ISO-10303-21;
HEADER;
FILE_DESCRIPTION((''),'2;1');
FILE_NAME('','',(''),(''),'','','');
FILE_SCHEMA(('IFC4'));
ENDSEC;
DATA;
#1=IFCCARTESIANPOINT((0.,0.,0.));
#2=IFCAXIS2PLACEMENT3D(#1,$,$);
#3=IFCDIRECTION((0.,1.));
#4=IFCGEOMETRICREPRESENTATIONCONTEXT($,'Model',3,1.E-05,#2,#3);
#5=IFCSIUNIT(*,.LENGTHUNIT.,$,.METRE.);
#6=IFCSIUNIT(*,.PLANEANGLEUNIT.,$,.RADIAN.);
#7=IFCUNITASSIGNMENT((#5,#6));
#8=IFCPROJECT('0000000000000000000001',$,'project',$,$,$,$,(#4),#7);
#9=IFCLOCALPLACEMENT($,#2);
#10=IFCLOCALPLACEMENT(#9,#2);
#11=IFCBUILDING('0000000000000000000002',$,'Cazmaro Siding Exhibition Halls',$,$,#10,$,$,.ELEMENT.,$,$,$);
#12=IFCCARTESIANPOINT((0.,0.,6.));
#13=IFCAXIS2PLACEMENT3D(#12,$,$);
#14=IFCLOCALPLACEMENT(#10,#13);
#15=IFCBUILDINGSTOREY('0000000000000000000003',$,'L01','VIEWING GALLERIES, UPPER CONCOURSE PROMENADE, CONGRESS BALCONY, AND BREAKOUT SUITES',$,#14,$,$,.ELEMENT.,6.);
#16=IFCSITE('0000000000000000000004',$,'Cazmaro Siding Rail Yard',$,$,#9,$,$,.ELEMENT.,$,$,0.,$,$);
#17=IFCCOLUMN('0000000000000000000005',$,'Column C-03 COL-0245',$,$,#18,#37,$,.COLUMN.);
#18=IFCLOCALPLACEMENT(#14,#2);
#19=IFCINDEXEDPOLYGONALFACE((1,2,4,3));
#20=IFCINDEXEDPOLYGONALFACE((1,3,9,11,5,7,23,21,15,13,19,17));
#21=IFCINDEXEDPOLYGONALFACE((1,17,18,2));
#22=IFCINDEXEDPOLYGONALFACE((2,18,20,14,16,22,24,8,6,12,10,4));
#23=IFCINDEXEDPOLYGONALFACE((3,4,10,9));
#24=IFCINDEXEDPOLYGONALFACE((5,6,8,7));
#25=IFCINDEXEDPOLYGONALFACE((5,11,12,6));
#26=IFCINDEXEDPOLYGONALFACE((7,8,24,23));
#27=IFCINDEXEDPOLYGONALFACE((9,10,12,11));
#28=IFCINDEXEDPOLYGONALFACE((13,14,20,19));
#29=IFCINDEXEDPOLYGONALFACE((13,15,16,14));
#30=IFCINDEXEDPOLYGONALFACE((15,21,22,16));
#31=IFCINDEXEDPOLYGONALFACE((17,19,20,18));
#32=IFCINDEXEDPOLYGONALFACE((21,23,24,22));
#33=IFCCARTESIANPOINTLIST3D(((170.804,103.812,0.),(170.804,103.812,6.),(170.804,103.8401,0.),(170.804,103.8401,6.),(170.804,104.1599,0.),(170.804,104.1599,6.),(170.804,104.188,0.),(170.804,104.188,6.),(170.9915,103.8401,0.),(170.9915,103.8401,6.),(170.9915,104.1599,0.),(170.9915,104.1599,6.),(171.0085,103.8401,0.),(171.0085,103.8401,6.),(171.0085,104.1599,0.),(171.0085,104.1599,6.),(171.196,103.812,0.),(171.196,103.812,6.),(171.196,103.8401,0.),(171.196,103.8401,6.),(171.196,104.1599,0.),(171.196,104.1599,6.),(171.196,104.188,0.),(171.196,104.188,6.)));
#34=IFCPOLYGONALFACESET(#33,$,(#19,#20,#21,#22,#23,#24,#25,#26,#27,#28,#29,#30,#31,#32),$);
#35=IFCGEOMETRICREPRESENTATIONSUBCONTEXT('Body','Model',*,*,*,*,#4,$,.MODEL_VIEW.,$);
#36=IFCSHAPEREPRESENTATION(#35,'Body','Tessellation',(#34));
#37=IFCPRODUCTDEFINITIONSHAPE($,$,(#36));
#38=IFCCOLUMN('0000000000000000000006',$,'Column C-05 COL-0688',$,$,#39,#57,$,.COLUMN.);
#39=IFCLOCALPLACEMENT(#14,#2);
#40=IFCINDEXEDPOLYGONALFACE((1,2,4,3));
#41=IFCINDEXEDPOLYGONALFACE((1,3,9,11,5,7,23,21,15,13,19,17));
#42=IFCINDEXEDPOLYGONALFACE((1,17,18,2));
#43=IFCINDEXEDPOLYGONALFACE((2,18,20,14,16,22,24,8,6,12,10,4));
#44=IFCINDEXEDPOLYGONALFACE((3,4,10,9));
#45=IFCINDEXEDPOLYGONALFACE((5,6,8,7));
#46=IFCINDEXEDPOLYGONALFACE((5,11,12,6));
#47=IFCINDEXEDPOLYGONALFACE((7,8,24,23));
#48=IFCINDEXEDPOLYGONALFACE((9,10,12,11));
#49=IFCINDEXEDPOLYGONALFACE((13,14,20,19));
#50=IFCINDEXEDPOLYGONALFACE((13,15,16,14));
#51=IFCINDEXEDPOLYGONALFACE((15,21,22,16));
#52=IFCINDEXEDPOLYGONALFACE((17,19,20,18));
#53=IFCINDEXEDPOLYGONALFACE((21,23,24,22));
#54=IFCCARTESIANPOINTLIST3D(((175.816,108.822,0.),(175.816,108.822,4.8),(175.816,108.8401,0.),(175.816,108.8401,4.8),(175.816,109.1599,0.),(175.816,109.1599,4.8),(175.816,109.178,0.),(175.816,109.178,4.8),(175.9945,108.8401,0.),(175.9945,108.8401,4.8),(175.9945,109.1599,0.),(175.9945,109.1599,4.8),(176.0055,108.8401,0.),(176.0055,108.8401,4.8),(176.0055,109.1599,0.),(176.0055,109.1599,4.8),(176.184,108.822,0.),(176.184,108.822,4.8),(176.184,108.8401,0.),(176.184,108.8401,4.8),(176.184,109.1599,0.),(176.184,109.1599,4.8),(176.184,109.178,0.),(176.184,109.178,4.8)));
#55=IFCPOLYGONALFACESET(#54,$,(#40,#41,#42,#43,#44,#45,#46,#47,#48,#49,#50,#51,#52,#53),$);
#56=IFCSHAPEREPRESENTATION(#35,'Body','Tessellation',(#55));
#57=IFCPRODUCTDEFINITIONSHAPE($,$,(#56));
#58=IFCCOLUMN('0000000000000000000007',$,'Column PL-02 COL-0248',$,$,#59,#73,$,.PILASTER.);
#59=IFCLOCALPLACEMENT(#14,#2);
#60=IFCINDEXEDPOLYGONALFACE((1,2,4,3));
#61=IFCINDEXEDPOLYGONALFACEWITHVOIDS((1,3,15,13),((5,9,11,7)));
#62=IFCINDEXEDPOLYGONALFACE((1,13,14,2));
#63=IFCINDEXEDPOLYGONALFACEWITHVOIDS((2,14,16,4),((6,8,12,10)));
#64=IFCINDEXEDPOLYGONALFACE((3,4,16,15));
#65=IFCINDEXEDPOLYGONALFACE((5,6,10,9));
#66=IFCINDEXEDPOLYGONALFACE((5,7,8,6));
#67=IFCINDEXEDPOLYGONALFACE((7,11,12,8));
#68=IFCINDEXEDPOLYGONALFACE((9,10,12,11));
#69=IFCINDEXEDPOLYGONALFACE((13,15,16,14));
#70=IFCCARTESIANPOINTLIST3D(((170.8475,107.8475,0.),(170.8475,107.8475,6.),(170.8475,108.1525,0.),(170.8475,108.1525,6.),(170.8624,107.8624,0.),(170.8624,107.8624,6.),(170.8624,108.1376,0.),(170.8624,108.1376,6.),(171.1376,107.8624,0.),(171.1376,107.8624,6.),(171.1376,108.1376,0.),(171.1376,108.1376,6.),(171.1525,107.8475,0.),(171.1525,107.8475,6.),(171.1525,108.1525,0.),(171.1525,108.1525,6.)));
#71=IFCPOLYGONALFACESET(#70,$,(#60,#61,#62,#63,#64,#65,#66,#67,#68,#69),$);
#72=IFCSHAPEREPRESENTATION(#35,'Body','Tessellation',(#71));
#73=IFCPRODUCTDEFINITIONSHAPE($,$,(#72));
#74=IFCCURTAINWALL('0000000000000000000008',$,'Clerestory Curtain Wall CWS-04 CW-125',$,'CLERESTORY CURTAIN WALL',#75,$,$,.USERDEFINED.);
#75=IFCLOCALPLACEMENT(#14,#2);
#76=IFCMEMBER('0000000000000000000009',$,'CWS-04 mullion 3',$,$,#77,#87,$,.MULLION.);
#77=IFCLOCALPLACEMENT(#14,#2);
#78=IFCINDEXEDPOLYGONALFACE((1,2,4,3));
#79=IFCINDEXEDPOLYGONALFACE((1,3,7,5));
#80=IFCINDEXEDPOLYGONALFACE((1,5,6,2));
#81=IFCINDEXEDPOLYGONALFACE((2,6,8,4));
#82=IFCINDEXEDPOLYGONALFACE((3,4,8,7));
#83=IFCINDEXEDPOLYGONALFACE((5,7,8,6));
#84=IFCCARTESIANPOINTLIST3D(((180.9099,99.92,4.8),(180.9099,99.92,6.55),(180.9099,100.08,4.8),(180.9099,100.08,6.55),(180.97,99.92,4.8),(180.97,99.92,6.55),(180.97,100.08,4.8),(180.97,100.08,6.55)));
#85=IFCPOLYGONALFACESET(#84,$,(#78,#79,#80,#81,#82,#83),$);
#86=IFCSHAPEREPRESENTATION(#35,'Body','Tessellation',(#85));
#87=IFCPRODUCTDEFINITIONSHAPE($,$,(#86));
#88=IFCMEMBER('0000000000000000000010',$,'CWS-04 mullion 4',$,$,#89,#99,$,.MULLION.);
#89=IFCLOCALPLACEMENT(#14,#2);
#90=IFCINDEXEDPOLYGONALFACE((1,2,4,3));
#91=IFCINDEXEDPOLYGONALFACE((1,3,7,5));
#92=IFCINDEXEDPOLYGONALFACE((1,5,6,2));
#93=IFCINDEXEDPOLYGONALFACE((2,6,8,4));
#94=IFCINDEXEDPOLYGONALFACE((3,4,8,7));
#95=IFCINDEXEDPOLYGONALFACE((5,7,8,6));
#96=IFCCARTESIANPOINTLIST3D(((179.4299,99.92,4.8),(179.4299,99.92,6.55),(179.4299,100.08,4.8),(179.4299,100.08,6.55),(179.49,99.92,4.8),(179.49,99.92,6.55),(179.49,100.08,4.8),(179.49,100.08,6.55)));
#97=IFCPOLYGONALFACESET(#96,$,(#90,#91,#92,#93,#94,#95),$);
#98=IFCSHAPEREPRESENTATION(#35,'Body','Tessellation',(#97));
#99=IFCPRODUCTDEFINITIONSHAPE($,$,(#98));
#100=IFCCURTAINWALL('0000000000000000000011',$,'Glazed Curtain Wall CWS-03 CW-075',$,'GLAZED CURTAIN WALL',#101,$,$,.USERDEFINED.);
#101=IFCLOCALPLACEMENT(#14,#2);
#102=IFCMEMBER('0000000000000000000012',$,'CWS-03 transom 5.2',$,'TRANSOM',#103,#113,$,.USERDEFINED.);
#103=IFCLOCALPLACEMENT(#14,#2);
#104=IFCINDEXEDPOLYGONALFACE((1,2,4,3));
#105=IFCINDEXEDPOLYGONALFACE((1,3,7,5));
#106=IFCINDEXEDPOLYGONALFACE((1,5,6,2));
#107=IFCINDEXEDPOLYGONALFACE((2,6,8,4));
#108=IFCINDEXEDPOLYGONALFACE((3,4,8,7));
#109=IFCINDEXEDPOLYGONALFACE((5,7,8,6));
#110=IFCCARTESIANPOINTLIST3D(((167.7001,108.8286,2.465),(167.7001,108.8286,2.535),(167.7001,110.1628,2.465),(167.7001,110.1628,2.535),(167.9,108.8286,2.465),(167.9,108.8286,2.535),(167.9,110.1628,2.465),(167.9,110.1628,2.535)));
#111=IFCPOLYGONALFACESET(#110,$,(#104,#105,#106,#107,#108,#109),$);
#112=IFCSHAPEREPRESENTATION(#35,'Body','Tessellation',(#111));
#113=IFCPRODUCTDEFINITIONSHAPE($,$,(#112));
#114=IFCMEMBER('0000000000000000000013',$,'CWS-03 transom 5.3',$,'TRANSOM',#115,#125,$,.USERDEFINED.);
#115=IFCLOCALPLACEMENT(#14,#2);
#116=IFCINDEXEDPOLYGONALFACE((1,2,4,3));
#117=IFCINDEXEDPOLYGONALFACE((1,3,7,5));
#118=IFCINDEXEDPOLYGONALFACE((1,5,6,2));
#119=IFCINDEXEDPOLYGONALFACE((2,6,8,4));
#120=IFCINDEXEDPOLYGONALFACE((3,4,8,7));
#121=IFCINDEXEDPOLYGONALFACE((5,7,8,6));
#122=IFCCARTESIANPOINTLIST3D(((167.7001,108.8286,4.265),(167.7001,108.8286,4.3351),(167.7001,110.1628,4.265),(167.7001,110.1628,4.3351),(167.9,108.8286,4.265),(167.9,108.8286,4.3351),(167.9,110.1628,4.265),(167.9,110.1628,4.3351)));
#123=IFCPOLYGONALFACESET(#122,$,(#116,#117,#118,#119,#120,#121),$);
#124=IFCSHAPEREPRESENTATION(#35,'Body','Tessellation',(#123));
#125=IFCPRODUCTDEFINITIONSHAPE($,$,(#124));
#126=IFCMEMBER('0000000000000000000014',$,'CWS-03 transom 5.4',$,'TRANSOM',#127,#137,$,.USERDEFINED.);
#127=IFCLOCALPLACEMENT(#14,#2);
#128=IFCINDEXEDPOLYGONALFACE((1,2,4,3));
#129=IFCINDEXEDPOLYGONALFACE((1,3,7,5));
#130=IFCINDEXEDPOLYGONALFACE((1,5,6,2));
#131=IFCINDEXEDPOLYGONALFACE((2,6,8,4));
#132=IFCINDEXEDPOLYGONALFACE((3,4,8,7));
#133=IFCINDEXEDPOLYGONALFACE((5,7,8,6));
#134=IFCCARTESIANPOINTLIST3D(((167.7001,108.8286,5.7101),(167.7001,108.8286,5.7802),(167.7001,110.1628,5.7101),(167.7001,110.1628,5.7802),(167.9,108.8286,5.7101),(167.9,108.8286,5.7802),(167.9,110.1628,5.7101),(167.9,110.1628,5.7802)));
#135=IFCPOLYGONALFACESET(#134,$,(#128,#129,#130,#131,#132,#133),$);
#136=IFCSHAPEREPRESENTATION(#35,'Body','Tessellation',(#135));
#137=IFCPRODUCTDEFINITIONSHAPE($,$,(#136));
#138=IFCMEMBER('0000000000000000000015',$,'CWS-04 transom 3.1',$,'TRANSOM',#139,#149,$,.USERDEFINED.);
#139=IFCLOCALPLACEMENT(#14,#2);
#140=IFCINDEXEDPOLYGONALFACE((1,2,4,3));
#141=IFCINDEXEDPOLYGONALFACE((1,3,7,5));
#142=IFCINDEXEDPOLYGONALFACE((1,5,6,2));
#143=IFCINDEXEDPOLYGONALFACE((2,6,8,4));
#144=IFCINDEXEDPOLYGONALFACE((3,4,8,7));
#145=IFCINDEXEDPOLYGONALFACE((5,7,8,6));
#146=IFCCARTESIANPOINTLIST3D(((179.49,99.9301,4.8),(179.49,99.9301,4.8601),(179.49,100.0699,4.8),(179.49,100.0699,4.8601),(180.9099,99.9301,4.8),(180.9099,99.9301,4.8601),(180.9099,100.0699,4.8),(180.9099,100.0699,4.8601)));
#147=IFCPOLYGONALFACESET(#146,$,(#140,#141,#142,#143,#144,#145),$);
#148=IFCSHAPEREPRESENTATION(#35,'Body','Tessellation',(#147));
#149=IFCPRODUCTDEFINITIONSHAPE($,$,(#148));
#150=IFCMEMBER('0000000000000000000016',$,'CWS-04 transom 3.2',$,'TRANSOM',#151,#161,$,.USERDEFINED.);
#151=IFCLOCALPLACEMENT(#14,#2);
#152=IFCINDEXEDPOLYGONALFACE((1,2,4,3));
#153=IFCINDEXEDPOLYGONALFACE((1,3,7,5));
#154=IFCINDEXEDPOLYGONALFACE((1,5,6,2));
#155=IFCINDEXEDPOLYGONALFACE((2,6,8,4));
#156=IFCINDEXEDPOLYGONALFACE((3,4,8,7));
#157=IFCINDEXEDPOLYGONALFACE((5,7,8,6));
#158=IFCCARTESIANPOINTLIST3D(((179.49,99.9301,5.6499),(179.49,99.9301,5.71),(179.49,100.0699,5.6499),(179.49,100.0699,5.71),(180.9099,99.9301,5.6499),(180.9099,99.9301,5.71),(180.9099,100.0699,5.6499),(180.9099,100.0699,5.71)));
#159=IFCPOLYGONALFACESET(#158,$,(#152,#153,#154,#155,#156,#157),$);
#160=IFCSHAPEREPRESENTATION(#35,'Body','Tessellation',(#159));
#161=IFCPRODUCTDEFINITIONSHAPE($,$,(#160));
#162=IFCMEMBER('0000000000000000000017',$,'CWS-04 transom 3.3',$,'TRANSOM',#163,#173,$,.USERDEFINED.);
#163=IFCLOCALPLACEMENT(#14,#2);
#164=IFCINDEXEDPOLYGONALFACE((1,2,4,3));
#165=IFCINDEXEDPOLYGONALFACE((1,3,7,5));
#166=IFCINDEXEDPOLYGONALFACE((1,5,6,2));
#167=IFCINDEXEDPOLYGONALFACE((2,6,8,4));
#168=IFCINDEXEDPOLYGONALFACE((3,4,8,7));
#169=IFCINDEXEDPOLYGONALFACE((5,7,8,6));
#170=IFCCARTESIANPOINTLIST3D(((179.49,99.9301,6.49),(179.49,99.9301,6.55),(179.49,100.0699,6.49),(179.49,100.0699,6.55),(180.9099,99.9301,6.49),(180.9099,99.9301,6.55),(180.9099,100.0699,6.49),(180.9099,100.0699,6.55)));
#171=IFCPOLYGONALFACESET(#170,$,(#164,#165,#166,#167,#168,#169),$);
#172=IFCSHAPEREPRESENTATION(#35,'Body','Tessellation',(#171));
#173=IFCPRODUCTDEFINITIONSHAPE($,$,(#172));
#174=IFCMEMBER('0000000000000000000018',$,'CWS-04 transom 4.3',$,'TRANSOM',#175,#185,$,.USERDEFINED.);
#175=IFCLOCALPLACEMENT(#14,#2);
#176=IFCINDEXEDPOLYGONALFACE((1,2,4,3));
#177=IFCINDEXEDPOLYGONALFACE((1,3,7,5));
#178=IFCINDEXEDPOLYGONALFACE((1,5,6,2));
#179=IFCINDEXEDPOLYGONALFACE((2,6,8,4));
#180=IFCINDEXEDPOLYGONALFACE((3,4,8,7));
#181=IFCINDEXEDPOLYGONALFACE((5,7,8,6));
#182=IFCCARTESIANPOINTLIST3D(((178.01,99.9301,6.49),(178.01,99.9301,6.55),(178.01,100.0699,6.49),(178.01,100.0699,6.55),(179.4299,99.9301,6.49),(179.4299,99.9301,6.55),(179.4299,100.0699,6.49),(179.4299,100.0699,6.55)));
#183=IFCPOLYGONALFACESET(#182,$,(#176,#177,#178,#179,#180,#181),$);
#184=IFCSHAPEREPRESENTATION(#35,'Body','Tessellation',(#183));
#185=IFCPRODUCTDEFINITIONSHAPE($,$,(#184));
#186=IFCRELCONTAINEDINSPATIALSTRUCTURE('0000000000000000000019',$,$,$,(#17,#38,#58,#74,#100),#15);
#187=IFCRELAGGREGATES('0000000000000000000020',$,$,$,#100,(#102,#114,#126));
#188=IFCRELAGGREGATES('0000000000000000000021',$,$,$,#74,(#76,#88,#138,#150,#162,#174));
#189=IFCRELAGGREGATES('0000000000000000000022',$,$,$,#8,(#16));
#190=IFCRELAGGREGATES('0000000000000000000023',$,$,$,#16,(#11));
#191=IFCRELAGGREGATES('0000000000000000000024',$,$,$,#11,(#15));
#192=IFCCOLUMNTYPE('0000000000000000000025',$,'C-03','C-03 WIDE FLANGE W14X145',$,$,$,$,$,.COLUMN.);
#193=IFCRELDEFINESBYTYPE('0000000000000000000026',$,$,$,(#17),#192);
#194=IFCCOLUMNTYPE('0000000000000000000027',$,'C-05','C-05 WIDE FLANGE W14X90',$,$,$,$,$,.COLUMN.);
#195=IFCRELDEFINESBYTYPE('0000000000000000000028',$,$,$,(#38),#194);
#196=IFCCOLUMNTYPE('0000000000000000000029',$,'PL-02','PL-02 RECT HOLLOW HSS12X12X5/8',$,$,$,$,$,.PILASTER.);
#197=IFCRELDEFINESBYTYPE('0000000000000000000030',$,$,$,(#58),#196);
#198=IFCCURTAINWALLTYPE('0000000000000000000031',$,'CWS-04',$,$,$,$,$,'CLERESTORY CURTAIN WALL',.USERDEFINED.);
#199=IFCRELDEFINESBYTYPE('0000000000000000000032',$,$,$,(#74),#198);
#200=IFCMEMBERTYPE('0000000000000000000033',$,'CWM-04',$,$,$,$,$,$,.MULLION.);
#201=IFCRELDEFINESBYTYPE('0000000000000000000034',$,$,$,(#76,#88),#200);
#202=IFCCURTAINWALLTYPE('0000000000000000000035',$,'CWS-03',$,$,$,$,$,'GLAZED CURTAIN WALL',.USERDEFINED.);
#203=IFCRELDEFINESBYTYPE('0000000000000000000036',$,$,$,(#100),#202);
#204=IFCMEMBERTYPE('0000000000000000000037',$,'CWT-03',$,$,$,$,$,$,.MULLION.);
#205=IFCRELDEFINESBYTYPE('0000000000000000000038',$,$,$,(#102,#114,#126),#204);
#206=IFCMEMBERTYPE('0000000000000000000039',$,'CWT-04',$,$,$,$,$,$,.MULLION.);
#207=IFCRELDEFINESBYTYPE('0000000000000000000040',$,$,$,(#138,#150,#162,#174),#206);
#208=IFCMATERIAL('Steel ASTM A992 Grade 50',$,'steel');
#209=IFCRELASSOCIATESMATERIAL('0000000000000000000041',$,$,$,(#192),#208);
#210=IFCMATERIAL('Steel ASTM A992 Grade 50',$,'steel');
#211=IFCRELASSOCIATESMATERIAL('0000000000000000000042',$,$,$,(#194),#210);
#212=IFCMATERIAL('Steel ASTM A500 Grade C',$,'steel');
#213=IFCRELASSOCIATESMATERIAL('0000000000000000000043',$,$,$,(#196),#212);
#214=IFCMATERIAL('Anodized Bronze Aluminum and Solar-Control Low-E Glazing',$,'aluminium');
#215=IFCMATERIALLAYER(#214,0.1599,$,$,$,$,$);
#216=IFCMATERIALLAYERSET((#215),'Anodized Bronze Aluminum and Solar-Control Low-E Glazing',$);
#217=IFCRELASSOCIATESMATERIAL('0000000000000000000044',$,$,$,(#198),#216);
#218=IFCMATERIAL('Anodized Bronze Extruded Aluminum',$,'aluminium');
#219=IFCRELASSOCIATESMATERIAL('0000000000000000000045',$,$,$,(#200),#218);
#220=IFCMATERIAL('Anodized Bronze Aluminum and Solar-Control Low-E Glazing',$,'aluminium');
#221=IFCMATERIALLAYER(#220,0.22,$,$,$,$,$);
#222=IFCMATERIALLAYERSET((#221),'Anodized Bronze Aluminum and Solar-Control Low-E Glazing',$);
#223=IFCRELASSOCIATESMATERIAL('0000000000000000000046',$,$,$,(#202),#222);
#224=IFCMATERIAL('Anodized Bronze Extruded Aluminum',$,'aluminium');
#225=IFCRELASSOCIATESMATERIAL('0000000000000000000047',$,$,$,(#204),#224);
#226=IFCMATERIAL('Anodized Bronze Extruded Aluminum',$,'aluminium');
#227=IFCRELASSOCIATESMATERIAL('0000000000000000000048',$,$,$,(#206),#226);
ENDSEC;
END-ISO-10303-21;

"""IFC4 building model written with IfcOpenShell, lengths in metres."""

from ifc_helpers import new_model, si_unit, direction, frame, origin, origin_2d, place, context, subcontext, project, spatial, rectangle, hollow_rectangle, i_section, extrude, material, layer, layer_set, material_profile, profile_set, type_object, element, aggregate, save


model = new_model("IFC4")

# Units and contexts
model_context = context("Model", 3, precision=1e-05, world=origin(), true_north=direction((0.0, 1.0)))
body_context = subcontext(model_context, "Body", "Model", "MODEL_VIEW")
ifc_project = project(units=[si_unit("LENGTHUNIT", "METRE"), si_unit("PLANEANGLEUNIT", "RADIAN")], contexts=[model_context])

# Site, building, storey
site_placement = place(None, origin())
site = spatial("IfcSite", under=ifc_project, at=site_placement, Name="Cazmaro Siding Rail Yard", CompositionType="ELEMENT", RefElevation=0.0)
building_placement = place(site_placement, origin())
building = spatial("IfcBuilding", under=site, at=building_placement, Name="Cazmaro Siding Exhibition Halls", CompositionType="ELEMENT")
storey_placement = place(building_placement, frame((0.0, 0.0, 6.0)))
storey = spatial("IfcBuildingStorey", under=building, at=storey_placement, Name="L01", Description="VIEWING GALLERIES, UPPER CONCOURSE PROMENADE, CONGRESS BALCONY, AND BREAKOUT SUITES", CompositionType="ELEMENT", Elevation=6.0)

# Columns
ifc_material_1 = material(Name="Steel ASTM A992 Grade 50", Category="steel")
ifc_material_profile_1 = material_profile(ifc_material_1, i_section(OverallWidth=0.3921, OverallDepth=0.376, WebThickness=0.0171, FlangeThickness=0.0281, at=origin_2d()), Name="W14X145")
ifc_profile_set_1 = profile_set([ifc_material_profile_1], Name="Steel ASTM A992 Grade 50")
column_type_1 = type_object("IfcColumnType", Name="C-03", Description="C-03 WIDE FLANGE W14X145", PredefinedType="COLUMN", material=ifc_profile_set_1)
column_1_placement = place(storey_placement, frame((171.0, 104.0, 0.0), z_axis=(0.0, 0.0, 1.0), x_axis=(1.0, 0.0, 0.0)))
element("IfcColumn", 1, at=column_1_placement, inside=storey, type_object=column_type_1, Name="Column C-03 COL-0245", PredefinedType="COLUMN", context=body_context, shape_type="SweptSolid", body=[
    extrude(i_section(OverallWidth=0.3921, OverallDepth=0.376, WebThickness=0.0171, FlangeThickness=0.0281, at=origin_2d()), origin(), (0.0, 0.0, 1.0), 6.0),
])
ifc_material_2 = material(Name="Steel ASTM A992 Grade 50", Category="steel")
ifc_material_profile_2 = material_profile(ifc_material_2, i_section(OverallWidth=0.3679, OverallDepth=0.356, WebThickness=0.011, FlangeThickness=0.0181, at=origin_2d()), Name="W14X90")
ifc_profile_set_2 = profile_set([ifc_material_profile_2], Name="Steel ASTM A992 Grade 50")
column_type_2 = type_object("IfcColumnType", Name="C-05", Description="C-05 WIDE FLANGE W14X90", PredefinedType="COLUMN", material=ifc_profile_set_2)
column_2_placement = place(storey_placement, frame((176.0, 109.0, 0.0), z_axis=(0.0, 0.0, 1.0), x_axis=(1.0, 0.0, 0.0)))
element("IfcColumn", 2, at=column_2_placement, inside=storey, type_object=column_type_2, Name="Column C-05 COL-0688", PredefinedType="COLUMN", context=body_context, shape_type="SweptSolid", body=[
    extrude(i_section(OverallWidth=0.3679, OverallDepth=0.356, WebThickness=0.011, FlangeThickness=0.0181, at=origin_2d()), origin(), (0.0, 0.0, 1.0), 4.8),
])
ifc_material_3 = material(Name="Steel ASTM A500 Grade C", Category="steel")
ifc_material_profile_3 = material_profile(ifc_material_3, hollow_rectangle(XDim=0.3049, YDim=0.3049, WallThickness=0.0149, at=origin_2d()), Name="HSS12X12X5/8")
ifc_profile_set_3 = profile_set([ifc_material_profile_3], Name="Steel ASTM A500 Grade C")
column_type_3 = type_object("IfcColumnType", Name="PL-02", Description="PL-02 RECT HOLLOW HSS12X12X5/8", PredefinedType="PILASTER", material=ifc_profile_set_3)
column_3_placement = place(storey_placement, frame((171.0, 108.0, 0.0), z_axis=(0.0, 0.0, 1.0), x_axis=(1.0, 0.0, 0.0)))
element("IfcColumn", 3, at=column_3_placement, inside=storey, type_object=column_type_3, Name="Column PL-02 COL-0248", PredefinedType="PILASTER", context=body_context, shape_type="SweptSolid", body=[
    extrude(hollow_rectangle(XDim=0.3049, YDim=0.3049, WallThickness=0.0149, at=origin_2d()), origin(), (0.0, 0.0, 1.0), 6.0),
])

# Curtain walls, members
ifc_material_4 = material(Name="Anodized Bronze Aluminum and Solar-Control Low-E Glazing", Category="aluminium")
ifc_layer_1 = layer(ifc_material_4, 0.1599)
ifc_layer_set_1 = layer_set([ifc_layer_1], Name="Anodized Bronze Aluminum and Solar-Control Low-E Glazing")
curtain_wall_type_1 = type_object("IfcCurtainWallType", Name="CWS-04", ElementType="CLERESTORY CURTAIN WALL", PredefinedType="USERDEFINED", material=ifc_layer_set_1)
curtain_wall_1_placement = place(storey_placement, origin())
curtain_wall_1 = element("IfcCurtainWall", 4, at=curtain_wall_1_placement, inside=storey, type_object=curtain_wall_type_1, Name="Clerestory Curtain Wall CWS-04 CW-125", ObjectType="CLERESTORY CURTAIN WALL", PredefinedType="USERDEFINED")
ifc_material_5 = material(Name="Anodized Bronze Extruded Aluminum", Category="aluminium")
ifc_material_profile_4 = material_profile(ifc_material_5, rectangle(XDim=0.1599, YDim=0.0601, at=origin_2d()), Name="CWM-04")
ifc_profile_set_4 = profile_set([ifc_material_profile_4], Name="Anodized Bronze Extruded Aluminum")
member_type_1 = type_object("IfcMemberType", Name="CWM-04", PredefinedType="MULLION", material=ifc_profile_set_4)
member_1_placement = place(storey_placement, frame((180.9399, 100.0, 4.8), z_axis=(0.0, 0.0, 1.0), x_axis=(0.0, -1.0, 0.0)))
member_1 = element("IfcMember", 5, at=member_1_placement, type_object=member_type_1, Name="CWS-04 mullion 3", PredefinedType="MULLION", context=body_context, shape_type="SweptSolid", body=[
    extrude(rectangle(XDim=0.1599, YDim=0.0601, at=origin_2d()), origin(), (0.0, 0.0, 1.0), 1.75),
])
member_2_placement = place(storey_placement, frame((179.46, 100.0, 4.8), z_axis=(0.0, 0.0, 1.0), x_axis=(0.0, -1.0, 0.0)))
member_2 = element("IfcMember", 6, at=member_2_placement, type_object=member_type_1, Name="CWS-04 mullion 4", PredefinedType="MULLION", context=body_context, shape_type="SweptSolid", body=[
    extrude(rectangle(XDim=0.1599, YDim=0.0601, at=origin_2d()), origin(), (0.0, 0.0, 1.0), 1.75),
])
ifc_material_6 = material(Name="Anodized Bronze Aluminum and Solar-Control Low-E Glazing", Category="aluminium")
ifc_layer_2 = layer(ifc_material_6, 0.22)
ifc_layer_set_2 = layer_set([ifc_layer_2], Name="Anodized Bronze Aluminum and Solar-Control Low-E Glazing")
curtain_wall_type_2 = type_object("IfcCurtainWallType", Name="CWS-03", ElementType="GLAZED CURTAIN WALL", PredefinedType="USERDEFINED", material=ifc_layer_set_2)
curtain_wall_2_placement = place(storey_placement, origin())
curtain_wall_2 = element("IfcCurtainWall", 7, at=curtain_wall_2_placement, inside=storey, type_object=curtain_wall_type_2, Name="Glazed Curtain Wall CWS-03 CW-075", ObjectType="GLAZED CURTAIN WALL", PredefinedType="USERDEFINED")
ifc_material_7 = material(Name="Anodized Bronze Extruded Aluminum", Category="aluminium")
ifc_material_profile_5 = material_profile(ifc_material_7, rectangle(XDim=0.2, YDim=0.0701, at=origin_2d()), Name="CWT-03")
ifc_profile_set_5 = profile_set([ifc_material_profile_5], Name="Anodized Bronze Extruded Aluminum")
member_type_2 = type_object("IfcMemberType", Name="CWT-03", PredefinedType="MULLION", material=ifc_profile_set_5)
member_3_placement = place(storey_placement, frame((167.8, 108.8286, 2.5), z_axis=(0.0, 1.0, 0.0), x_axis=(-1.0, 0.0, 0.0)))
member_3 = element("IfcMember", 8, at=member_3_placement, type_object=member_type_2, Name="CWS-03 transom 5.2", ObjectType="TRANSOM", PredefinedType="USERDEFINED", context=body_context, shape_type="SweptSolid", body=[
    extrude(rectangle(XDim=0.2, YDim=0.0701, at=origin_2d()), origin(), (0.0, 0.0, 1.0), 1.3342),
])
member_4_placement = place(storey_placement, frame((167.8, 108.8286, 4.3), z_axis=(0.0, 1.0, 0.0), x_axis=(-1.0, 0.0, 0.0)))
member_4 = element("IfcMember", 9, at=member_4_placement, type_object=member_type_2, Name="CWS-03 transom 5.3", ObjectType="TRANSOM", PredefinedType="USERDEFINED", context=body_context, shape_type="SweptSolid", body=[
    extrude(rectangle(XDim=0.2, YDim=0.0701, at=origin_2d()), origin(), (0.0, 0.0, 1.0), 1.3342),
])
member_5_placement = place(storey_placement, frame((167.8, 108.8286, 5.7451), z_axis=(0.0, 1.0, 0.0), x_axis=(-1.0, 0.0, 0.0)))
member_5 = element("IfcMember", 10, at=member_5_placement, type_object=member_type_2, Name="CWS-03 transom 5.4", ObjectType="TRANSOM", PredefinedType="USERDEFINED", context=body_context, shape_type="SweptSolid", body=[
    extrude(rectangle(XDim=0.2, YDim=0.0701, at=origin_2d()), origin(), (0.0, 0.0, 1.0), 1.3342),
])
aggregate(curtain_wall_2, [member_3, member_4, member_5])

# Members
ifc_material_8 = material(Name="Anodized Bronze Extruded Aluminum", Category="aluminium")
ifc_material_profile_6 = material_profile(ifc_material_8, rectangle(XDim=0.1399, YDim=0.0601, at=origin_2d()), Name="CWT-04")
ifc_profile_set_6 = profile_set([ifc_material_profile_6], Name="Anodized Bronze Extruded Aluminum")
member_type_3 = type_object("IfcMemberType", Name="CWT-04", PredefinedType="MULLION", material=ifc_profile_set_6)
member_6_placement = place(storey_placement, frame((180.9099, 100.0, 4.8301), z_axis=(-1.0, 0.0, 0.0), x_axis=(0.0, -1.0, 0.0)))
member_6 = element("IfcMember", 11, at=member_6_placement, type_object=member_type_3, Name="CWS-04 transom 3.1", ObjectType="TRANSOM", PredefinedType="USERDEFINED", context=body_context, shape_type="SweptSolid", body=[
    extrude(rectangle(XDim=0.1399, YDim=0.0601, at=origin_2d()), origin(), (0.0, 0.0, 1.0), 1.4199),
])
member_7_placement = place(storey_placement, frame((180.9099, 100.0, 5.6799), z_axis=(-1.0, 0.0, 0.0), x_axis=(0.0, -1.0, 0.0)))
member_7 = element("IfcMember", 12, at=member_7_placement, type_object=member_type_3, Name="CWS-04 transom 3.2", ObjectType="TRANSOM", PredefinedType="USERDEFINED", context=body_context, shape_type="SweptSolid", body=[
    extrude(rectangle(XDim=0.1399, YDim=0.0601, at=origin_2d()), origin(), (0.0, 0.0, 1.0), 1.4199),
])
member_8_placement = place(storey_placement, frame((180.9099, 100.0, 6.52), z_axis=(-1.0, 0.0, 0.0), x_axis=(0.0, -1.0, 0.0)))
member_8 = element("IfcMember", 13, at=member_8_placement, type_object=member_type_3, Name="CWS-04 transom 3.3", ObjectType="TRANSOM", PredefinedType="USERDEFINED", context=body_context, shape_type="SweptSolid", body=[
    extrude(rectangle(XDim=0.1399, YDim=0.0601, at=origin_2d()), origin(), (0.0, 0.0, 1.0), 1.4199),
])
member_9_placement = place(storey_placement, frame((179.4299, 100.0, 6.52), z_axis=(-1.0, 0.0, 0.0), x_axis=(0.0, -1.0, 0.0)))
member_9 = element("IfcMember", 14, at=member_9_placement, type_object=member_type_3, Name="CWS-04 transom 4.3", ObjectType="TRANSOM", PredefinedType="USERDEFINED", context=body_context, shape_type="SweptSolid", body=[
    extrude(rectangle(XDim=0.1399, YDim=0.0601, at=origin_2d()), origin(), (0.0, 0.0, 1.0), 1.4199),
])

aggregate(curtain_wall_1, [member_1, member_2, member_6, member_7, member_8, member_9])

save(model, "model.ifc")
